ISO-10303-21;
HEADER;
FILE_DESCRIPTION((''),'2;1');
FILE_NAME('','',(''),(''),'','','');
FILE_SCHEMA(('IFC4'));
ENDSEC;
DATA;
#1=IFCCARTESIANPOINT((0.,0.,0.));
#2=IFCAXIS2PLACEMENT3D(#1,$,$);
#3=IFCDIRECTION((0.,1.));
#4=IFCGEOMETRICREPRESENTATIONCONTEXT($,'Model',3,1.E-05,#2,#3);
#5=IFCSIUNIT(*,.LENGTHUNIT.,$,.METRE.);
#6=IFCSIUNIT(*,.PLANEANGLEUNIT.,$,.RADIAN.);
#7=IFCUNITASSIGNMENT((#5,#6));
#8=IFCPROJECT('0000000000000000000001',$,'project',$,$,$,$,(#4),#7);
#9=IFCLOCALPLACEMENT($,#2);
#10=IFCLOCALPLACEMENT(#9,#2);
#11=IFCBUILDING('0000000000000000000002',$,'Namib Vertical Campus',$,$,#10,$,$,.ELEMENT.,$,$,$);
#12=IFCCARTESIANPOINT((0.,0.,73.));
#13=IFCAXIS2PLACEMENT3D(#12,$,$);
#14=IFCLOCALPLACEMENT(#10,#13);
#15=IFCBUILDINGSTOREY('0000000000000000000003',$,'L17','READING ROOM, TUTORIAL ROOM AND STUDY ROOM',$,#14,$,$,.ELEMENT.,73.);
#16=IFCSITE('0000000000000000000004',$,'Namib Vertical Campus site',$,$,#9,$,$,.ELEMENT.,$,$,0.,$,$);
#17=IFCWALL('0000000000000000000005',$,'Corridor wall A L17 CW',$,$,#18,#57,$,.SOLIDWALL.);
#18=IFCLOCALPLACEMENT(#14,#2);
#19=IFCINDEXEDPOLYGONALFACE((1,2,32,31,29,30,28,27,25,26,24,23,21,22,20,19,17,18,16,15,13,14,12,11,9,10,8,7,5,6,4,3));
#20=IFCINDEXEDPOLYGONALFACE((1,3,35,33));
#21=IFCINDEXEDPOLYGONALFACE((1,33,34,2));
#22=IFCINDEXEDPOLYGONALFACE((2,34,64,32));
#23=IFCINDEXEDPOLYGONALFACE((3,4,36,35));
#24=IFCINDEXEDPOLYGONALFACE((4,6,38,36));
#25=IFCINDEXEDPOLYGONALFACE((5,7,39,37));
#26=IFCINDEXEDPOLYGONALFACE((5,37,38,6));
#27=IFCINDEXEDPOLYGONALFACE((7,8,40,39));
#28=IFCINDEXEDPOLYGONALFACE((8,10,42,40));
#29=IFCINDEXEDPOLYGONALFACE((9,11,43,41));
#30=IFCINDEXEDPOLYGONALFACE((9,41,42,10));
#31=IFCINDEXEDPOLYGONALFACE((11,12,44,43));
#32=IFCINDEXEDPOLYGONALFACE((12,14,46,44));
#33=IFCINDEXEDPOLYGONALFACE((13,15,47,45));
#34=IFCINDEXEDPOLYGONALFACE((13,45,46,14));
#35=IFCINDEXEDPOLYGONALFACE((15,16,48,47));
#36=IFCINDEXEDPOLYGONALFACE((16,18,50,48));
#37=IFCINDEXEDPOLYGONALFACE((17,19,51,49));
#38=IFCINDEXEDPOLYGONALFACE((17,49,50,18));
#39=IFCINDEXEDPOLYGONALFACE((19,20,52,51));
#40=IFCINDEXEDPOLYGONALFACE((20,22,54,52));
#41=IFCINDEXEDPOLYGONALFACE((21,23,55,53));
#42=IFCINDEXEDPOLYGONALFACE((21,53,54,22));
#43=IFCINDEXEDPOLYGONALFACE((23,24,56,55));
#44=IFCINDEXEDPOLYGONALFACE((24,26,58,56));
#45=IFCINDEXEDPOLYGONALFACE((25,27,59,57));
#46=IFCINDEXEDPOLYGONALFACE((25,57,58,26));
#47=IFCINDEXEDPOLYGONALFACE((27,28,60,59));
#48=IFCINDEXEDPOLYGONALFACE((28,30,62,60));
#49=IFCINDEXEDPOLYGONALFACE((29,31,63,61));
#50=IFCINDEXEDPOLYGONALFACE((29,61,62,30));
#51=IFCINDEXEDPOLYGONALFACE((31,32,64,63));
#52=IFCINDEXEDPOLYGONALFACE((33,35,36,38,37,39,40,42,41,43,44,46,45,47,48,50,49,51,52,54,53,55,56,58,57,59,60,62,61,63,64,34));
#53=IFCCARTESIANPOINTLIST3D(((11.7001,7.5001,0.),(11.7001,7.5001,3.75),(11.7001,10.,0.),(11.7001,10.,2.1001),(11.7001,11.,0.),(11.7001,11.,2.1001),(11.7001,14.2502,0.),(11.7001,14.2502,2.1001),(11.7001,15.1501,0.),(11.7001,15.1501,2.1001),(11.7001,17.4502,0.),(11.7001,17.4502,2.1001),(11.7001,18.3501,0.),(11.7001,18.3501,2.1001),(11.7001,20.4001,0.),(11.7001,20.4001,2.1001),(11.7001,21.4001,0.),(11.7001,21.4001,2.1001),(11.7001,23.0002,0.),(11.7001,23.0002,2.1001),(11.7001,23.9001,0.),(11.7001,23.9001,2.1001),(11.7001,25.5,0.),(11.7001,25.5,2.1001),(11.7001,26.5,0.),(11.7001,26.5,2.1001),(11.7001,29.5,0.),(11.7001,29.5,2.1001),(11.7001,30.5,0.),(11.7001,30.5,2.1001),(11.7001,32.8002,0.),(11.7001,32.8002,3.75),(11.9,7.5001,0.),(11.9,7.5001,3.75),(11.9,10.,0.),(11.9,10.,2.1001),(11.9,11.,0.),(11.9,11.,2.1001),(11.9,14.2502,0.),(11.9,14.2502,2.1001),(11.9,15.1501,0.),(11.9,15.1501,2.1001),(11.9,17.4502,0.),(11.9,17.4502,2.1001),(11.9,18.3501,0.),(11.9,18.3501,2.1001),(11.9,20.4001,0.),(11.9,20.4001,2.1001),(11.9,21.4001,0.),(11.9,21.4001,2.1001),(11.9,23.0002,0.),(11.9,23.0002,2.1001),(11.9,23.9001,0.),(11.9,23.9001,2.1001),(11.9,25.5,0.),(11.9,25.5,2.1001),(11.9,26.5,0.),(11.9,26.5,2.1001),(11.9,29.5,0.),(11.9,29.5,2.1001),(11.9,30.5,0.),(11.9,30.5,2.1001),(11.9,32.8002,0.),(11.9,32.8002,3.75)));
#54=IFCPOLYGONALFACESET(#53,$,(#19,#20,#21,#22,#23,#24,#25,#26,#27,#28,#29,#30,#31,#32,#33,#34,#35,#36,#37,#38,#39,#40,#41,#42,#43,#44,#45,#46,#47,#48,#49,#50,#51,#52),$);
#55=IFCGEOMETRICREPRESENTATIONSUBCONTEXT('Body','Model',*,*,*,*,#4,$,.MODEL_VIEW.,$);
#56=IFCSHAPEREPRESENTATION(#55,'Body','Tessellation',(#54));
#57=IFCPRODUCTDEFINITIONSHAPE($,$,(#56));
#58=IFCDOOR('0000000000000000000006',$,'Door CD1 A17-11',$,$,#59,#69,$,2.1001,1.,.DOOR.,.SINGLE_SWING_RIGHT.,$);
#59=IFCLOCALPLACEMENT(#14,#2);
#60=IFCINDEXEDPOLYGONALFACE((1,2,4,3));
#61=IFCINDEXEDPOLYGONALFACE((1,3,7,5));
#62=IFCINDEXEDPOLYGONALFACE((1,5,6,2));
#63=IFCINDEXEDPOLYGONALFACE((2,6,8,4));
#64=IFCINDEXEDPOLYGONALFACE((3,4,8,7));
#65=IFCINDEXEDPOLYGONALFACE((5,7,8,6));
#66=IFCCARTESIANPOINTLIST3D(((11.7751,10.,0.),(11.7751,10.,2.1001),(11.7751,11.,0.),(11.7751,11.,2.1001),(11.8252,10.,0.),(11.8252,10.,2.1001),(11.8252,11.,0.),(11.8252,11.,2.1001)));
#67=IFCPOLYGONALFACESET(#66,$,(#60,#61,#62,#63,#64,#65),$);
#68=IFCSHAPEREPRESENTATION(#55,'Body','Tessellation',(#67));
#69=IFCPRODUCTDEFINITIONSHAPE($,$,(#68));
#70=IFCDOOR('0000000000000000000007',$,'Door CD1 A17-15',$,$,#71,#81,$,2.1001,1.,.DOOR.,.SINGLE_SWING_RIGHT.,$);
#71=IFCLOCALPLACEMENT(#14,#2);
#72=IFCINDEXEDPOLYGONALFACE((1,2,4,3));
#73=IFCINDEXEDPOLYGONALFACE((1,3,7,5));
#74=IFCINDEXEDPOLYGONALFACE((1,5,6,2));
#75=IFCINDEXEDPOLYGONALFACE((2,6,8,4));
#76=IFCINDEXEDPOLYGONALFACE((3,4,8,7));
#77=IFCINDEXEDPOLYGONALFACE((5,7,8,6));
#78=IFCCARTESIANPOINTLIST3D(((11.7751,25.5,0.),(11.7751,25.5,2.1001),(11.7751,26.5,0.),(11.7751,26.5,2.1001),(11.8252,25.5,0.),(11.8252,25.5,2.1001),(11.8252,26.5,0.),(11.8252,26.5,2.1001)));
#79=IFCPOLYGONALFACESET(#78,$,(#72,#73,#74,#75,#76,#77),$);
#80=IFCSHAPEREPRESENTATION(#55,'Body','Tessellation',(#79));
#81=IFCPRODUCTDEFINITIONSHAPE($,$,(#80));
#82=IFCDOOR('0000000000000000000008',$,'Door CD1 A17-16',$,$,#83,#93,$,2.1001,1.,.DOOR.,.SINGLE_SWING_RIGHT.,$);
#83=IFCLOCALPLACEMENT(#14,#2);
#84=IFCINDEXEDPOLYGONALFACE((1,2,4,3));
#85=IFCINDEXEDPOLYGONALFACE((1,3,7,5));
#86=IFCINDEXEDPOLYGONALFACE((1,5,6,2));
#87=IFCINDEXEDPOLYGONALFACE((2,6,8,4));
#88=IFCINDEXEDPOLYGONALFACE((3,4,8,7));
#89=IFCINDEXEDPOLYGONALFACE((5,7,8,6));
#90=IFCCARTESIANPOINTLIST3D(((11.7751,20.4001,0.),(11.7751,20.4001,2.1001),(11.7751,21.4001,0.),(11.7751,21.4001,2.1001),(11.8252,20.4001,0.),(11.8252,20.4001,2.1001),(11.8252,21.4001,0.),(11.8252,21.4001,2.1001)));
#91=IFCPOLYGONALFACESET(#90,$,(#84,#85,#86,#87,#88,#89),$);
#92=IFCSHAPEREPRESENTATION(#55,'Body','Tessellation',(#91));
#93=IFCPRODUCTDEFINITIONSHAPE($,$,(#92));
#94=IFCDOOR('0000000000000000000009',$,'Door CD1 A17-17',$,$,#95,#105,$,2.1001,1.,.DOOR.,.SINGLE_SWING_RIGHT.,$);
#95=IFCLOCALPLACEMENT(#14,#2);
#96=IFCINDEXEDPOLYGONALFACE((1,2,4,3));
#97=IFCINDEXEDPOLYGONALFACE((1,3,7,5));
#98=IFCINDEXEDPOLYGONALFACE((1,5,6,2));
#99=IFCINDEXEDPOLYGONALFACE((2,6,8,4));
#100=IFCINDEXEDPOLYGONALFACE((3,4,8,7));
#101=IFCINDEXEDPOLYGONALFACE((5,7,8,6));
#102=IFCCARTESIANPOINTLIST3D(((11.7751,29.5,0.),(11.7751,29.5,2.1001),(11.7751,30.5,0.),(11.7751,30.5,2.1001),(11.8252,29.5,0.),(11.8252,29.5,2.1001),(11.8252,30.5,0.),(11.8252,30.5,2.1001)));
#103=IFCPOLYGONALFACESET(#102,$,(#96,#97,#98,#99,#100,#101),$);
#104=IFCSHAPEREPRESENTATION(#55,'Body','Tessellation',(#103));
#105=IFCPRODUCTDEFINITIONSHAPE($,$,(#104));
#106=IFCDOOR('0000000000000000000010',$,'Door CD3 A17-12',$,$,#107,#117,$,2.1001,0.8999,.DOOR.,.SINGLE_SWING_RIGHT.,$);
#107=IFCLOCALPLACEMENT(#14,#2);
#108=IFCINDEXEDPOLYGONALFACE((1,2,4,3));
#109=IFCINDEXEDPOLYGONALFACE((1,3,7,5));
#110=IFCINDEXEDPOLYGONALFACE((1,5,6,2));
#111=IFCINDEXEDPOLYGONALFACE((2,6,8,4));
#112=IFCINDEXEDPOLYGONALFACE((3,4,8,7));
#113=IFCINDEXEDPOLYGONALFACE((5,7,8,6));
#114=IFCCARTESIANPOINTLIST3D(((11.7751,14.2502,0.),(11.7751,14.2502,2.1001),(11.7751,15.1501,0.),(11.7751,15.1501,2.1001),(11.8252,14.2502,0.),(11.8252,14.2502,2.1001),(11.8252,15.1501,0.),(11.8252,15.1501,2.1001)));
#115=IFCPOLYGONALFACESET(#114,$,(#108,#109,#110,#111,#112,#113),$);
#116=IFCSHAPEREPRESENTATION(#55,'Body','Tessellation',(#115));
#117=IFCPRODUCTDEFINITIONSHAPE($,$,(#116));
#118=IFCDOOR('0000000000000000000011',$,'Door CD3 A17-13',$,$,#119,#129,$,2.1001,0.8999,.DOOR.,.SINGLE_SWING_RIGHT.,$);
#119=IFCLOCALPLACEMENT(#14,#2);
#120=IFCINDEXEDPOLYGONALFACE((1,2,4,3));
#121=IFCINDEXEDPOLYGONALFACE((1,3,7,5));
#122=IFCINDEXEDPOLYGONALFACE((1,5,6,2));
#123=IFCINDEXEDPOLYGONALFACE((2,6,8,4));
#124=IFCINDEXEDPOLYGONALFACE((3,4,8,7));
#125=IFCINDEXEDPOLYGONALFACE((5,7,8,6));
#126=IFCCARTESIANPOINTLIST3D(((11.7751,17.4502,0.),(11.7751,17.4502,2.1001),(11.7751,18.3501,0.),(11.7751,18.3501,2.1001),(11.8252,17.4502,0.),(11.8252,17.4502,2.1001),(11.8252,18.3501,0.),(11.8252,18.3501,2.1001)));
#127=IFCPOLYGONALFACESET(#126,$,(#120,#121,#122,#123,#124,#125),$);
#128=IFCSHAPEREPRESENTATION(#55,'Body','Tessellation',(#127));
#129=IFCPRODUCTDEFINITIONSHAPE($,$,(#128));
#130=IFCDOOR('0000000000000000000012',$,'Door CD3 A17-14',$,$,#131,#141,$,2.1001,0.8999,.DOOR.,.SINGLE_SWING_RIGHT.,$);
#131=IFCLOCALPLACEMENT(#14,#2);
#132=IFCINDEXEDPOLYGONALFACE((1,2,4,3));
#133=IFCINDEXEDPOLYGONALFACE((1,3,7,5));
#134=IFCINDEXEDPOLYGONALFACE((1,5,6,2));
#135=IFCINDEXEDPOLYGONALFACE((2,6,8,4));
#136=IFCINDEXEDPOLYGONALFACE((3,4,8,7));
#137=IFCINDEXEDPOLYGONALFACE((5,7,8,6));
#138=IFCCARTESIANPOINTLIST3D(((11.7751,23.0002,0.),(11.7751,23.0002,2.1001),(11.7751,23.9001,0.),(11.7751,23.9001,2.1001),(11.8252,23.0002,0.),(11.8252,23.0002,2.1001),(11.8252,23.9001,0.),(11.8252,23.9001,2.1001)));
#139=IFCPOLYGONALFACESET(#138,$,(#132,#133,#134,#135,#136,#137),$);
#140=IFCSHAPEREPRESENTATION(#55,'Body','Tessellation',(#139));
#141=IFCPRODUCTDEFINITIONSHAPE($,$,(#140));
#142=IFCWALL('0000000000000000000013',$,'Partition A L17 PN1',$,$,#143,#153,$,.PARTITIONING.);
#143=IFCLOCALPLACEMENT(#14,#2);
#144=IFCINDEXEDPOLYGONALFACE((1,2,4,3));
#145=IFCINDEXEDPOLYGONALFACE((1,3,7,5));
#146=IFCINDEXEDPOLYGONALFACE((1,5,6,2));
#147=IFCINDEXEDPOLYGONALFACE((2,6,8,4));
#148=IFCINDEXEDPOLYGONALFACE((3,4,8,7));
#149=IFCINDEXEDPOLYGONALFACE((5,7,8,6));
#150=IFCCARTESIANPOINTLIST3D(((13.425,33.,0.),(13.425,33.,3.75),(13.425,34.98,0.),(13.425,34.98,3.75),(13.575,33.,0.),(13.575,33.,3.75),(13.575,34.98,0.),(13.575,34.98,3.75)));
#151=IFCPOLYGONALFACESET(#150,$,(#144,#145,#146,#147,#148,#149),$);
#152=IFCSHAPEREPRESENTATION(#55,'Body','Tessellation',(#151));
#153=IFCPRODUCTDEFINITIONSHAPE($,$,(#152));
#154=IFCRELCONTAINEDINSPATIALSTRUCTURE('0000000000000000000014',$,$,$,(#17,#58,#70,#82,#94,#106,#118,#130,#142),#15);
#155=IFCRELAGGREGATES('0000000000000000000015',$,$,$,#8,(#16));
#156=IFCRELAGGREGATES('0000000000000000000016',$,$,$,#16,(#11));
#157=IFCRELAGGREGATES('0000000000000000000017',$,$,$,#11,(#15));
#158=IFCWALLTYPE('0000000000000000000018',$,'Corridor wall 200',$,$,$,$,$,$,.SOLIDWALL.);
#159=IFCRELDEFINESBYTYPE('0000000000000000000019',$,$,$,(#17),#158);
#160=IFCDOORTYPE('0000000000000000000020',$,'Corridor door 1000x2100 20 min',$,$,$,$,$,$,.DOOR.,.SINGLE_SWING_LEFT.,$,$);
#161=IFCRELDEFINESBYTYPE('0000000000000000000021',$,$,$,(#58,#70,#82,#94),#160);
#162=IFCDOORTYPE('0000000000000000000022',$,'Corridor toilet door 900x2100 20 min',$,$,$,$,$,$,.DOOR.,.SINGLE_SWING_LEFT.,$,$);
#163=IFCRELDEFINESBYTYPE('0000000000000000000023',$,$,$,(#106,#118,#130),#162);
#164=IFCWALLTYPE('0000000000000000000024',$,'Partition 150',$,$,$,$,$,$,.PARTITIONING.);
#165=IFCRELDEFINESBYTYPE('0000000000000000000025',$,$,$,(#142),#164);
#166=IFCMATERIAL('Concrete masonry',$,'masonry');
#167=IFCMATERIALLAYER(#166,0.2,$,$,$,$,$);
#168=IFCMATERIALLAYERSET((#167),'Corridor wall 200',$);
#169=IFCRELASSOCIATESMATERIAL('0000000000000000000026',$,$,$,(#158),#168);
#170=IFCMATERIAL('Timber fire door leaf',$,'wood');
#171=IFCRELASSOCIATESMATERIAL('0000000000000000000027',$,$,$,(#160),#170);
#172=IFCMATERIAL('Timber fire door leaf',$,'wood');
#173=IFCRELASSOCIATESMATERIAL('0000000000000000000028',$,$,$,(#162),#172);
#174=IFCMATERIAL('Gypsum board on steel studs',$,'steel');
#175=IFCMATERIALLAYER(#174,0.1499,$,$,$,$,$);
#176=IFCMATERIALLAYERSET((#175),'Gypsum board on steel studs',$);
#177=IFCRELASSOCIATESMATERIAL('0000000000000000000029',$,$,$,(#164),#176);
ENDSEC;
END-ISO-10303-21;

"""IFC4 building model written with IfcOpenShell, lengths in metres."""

from ifc_helpers import new_model, si_unit, direction, frame, frame_2d, origin, place, context, subcontext, project, spatial, rectangle, extrude, material, layer, layer_set, type_object, element, fill, save


model = new_model("IFC4")

# Units and contexts
model_context = context("Model", 3, precision=1e-05, world=origin(), true_north=direction((0.0, 1.0)))
body_context = subcontext(model_context, "Body", "Model", "MODEL_VIEW")
ifc_project = project(units=[si_unit("LENGTHUNIT", "METRE"), si_unit("PLANEANGLEUNIT", "RADIAN")], contexts=[model_context])

# Site, building, storey
site_placement = place(None, origin())
site = spatial("IfcSite", under=ifc_project, at=site_placement, Name="Namib Vertical Campus site", CompositionType="ELEMENT", RefElevation=0.0)
building_placement = place(site_placement, origin())
building = spatial("IfcBuilding", under=site, at=building_placement, Name="Namib Vertical Campus", CompositionType="ELEMENT")
storey_placement = place(building_placement, frame((0.0, 0.0, 73.0)))
storey = spatial("IfcBuildingStorey", under=building, at=storey_placement, Name="L17", Description="READING ROOM, TUTORIAL ROOM AND STUDY ROOM", CompositionType="ELEMENT", Elevation=73.0)

# Wall, openings, doors
ifc_material_1 = material(Name="Concrete masonry", Category="masonry")
ifc_layer_1 = layer(ifc_material_1, 0.2)
ifc_layer_set_1 = layer_set([ifc_layer_1], Name="Corridor wall 200")
wall_type_1 = type_object("IfcWallType", Name="Corridor wall 200", PredefinedType="SOLIDWALL", material=ifc_layer_set_1)
wall_1_placement = place(storey_placement, frame((11.8, 32.8, 0.0), z_axis=(0.0, 0.0, 1.0), x_axis=(0.0, -1.0, 0.0)))
wall_1 = element("IfcWall", 1, at=wall_1_placement, inside=storey, type_object=wall_type_1, Name="Corridor wall A L17 CW", PredefinedType="SOLIDWALL", context=body_context, shape_type="SweptSolid", body=[
    extrude(rectangle(XDim=25.3, YDim=0.2, at=frame_2d((12.6499, 0.0))), origin(), (0.0, 0.0, 1.0), 3.75),
])
opening_1_placement = place(wall_1_placement, frame((21.8, 0.0, 0.0)))
opening_1 = element("IfcOpeningElement", 2, at=opening_1_placement, cuts=wall_1, PredefinedType="OPENING", context=body_context, shape_type="SweptSolid", body=[
    extrude(rectangle(XDim=1.0, YDim=2.1001, at=frame_2d((0.5, 1.05))), frame((0.0, 0.1099, 0.0), z_axis=(0.0, -1.0, 0.0), x_axis=(1.0, 0.0, 0.0)), (0.0, 0.0, 1.0), 0.22),
])
opening_2_placement = place(wall_1_placement, frame((17.6499, 0.0, 0.0)))
opening_2 = element("IfcOpeningElement", 3, at=opening_2_placement, cuts=wall_1, PredefinedType="OPENING", context=body_context, shape_type="SweptSolid", body=[
    extrude(rectangle(XDim=0.8999, YDim=2.1001, at=frame_2d((0.45, 1.05))), frame((0.0, 0.1099, 0.0), z_axis=(0.0, -1.0, 0.0), x_axis=(1.0, 0.0, 0.0)), (0.0, 0.0, 1.0), 0.22),
])
opening_3_placement = place(wall_1_placement, frame((14.45, 0.0, 0.0)))
opening_3 = element("IfcOpeningElement", 4, at=opening_3_placement, cuts=wall_1, PredefinedType="OPENING", context=body_context, shape_type="SweptSolid", body=[
    extrude(rectangle(XDim=0.8999, YDim=2.1001, at=frame_2d((0.45, 1.05))), frame((0.0, 0.1099, 0.0), z_axis=(0.0, -1.0, 0.0), x_axis=(1.0, 0.0, 0.0)), (0.0, 0.0, 1.0), 0.22),
])
opening_4_placement = place(wall_1_placement, frame((8.8999, 0.0, 0.0)))
opening_4 = element("IfcOpeningElement", 5, at=opening_4_placement, cuts=wall_1, PredefinedType="OPENING", context=body_context, shape_type="SweptSolid", body=[
    extrude(rectangle(XDim=0.8999, YDim=2.1001, at=frame_2d((0.45, 1.05))), frame((0.0, 0.1099, 0.0), z_axis=(0.0, -1.0, 0.0), x_axis=(1.0, 0.0, 0.0)), (0.0, 0.0, 1.0), 0.22),
])
opening_5_placement = place(wall_1_placement, frame((6.3, 0.0, 0.0)))
opening_5 = element("IfcOpeningElement", 6, at=opening_5_placement, cuts=wall_1, PredefinedType="OPENING", context=body_context, shape_type="SweptSolid", body=[
    extrude(rectangle(XDim=1.0, YDim=2.1001, at=frame_2d((0.5, 1.05))), frame((0.0, 0.1099, 0.0), z_axis=(0.0, -1.0, 0.0), x_axis=(1.0, 0.0, 0.0)), (0.0, 0.0, 1.0), 0.22),
])
opening_6_placement = place(wall_1_placement, frame((11.3999, 0.0, 0.0)))
opening_6 = element("IfcOpeningElement", 7, at=opening_6_placement, cuts=wall_1, PredefinedType="OPENING", context=body_context, shape_type="SweptSolid", body=[
    extrude(rectangle(XDim=1.0, YDim=2.1001, at=frame_2d((0.5, 1.05))), frame((0.0, 0.1099, 0.0), z_axis=(0.0, -1.0, 0.0), x_axis=(1.0, 0.0, 0.0)), (0.0, 0.0, 1.0), 0.22),
])
opening_7_placement = place(wall_1_placement, frame((2.3, 0.0, 0.0)))
opening_7 = element("IfcOpeningElement", 8, at=opening_7_placement, cuts=wall_1, PredefinedType="OPENING", context=body_context, shape_type="SweptSolid", body=[
    extrude(rectangle(XDim=1.0, YDim=2.1001, at=frame_2d((0.5, 1.05))), frame((0.0, 0.1099, 0.0), z_axis=(0.0, -1.0, 0.0), x_axis=(1.0, 0.0, 0.0)), (0.0, 0.0, 1.0), 0.22),
])
ifc_material_2 = material(Name="Timber fire door leaf", Category="wood")
door_type_1 = type_object("IfcDoorType", Name="Corridor door 1000x2100 20 min", OperationType="SINGLE_SWING_LEFT", PredefinedType="DOOR", material=ifc_material_2)
door_1_placement = place(opening_1_placement, frame((1.0, 0.0, 0.0), z_axis=(0.0, 0.0, 1.0), x_axis=(-1.0, 0.0, 0.0)))
door_1 = element("IfcDoor", 9, at=door_1_placement, inside=storey, type_object=door_type_1, Name="Door CD1 A17-11", OperationType="SINGLE_SWING_RIGHT", OverallHeight=2.1001, OverallWidth=1.0, PredefinedType="DOOR", context=body_context, shape_type="SweptSolid", body=[
    extrude(rectangle(XDim=1.0, YDim=2.1001, at=frame_2d((0.5, 1.05))), frame((0.0, 0.0249, 0.0), z_axis=(0.0, -1.0, 0.0), x_axis=(1.0, 0.0, 0.0)), (0.0, 0.0, 1.0), 0.05),
])
fill(opening_1, door_1)
door_2_placement = place(opening_5_placement, frame((1.0, 0.0, 0.0), z_axis=(0.0, 0.0, 1.0), x_axis=(-1.0, 0.0, 0.0)))
door_2 = element("IfcDoor", 10, at=door_2_placement, inside=storey, type_object=door_type_1, Name="Door CD1 A17-15", OperationType="SINGLE_SWING_RIGHT", OverallHeight=2.1001, OverallWidth=1.0, PredefinedType="DOOR", context=body_context, shape_type="SweptSolid", body=[
    extrude(rectangle(XDim=1.0, YDim=2.1001, at=frame_2d((0.5, 1.05))), frame((0.0, 0.0249, 0.0), z_axis=(0.0, -1.0, 0.0), x_axis=(1.0, 0.0, 0.0)), (0.0, 0.0, 1.0), 0.05),
])
fill(opening_5, door_2)
door_3_placement = place(opening_6_placement, frame((1.0, 0.0, 0.0), z_axis=(0.0, 0.0, 1.0), x_axis=(-1.0, 0.0, 0.0)))
door_3 = element("IfcDoor", 11, at=door_3_placement, inside=storey, type_object=door_type_1, Name="Door CD1 A17-16", OperationType="SINGLE_SWING_RIGHT", OverallHeight=2.1001, OverallWidth=1.0, PredefinedType="DOOR", context=body_context, shape_type="SweptSolid", body=[
    extrude(rectangle(XDim=1.0, YDim=2.1001, at=frame_2d((0.5, 1.05))), frame((0.0, 0.0249, 0.0), z_axis=(0.0, -1.0, 0.0), x_axis=(1.0, 0.0, 0.0)), (0.0, 0.0, 1.0), 0.05),
])
fill(opening_6, door_3)
door_4_placement = place(opening_7_placement, frame((1.0, 0.0, 0.0), z_axis=(0.0, 0.0, 1.0), x_axis=(-1.0, 0.0, 0.0)))
door_4 = element("IfcDoor", 12, at=door_4_placement, inside=storey, type_object=door_type_1, Name="Door CD1 A17-17", OperationType="SINGLE_SWING_RIGHT", OverallHeight=2.1001, OverallWidth=1.0, PredefinedType="DOOR", context=body_context, shape_type="SweptSolid", body=[
    extrude(rectangle(XDim=1.0, YDim=2.1001, at=frame_2d((0.5, 1.05))), frame((0.0, 0.0249, 0.0), z_axis=(0.0, -1.0, 0.0), x_axis=(1.0, 0.0, 0.0)), (0.0, 0.0, 1.0), 0.05),
])
fill(opening_7, door_4)
ifc_material_3 = material(Name="Timber fire door leaf", Category="wood")
door_type_2 = type_object("IfcDoorType", Name="Corridor toilet door 900x2100 20 min", OperationType="SINGLE_SWING_LEFT", PredefinedType="DOOR", material=ifc_material_3)
door_5_placement = place(opening_2_placement, frame((0.8999, 0.0, 0.0), z_axis=(0.0, 0.0, 1.0), x_axis=(-1.0, 0.0, 0.0)))
door_5 = element("IfcDoor", 13, at=door_5_placement, inside=storey, type_object=door_type_2, Name="Door CD3 A17-12", OperationType="SINGLE_SWING_RIGHT", OverallHeight=2.1001, OverallWidth=0.8999, PredefinedType="DOOR", context=body_context, shape_type="SweptSolid", body=[
    extrude(rectangle(XDim=0.8999, YDim=2.1001, at=frame_2d((0.45, 1.05))), frame((0.0, 0.0249, 0.0), z_axis=(0.0, -1.0, 0.0), x_axis=(1.0, 0.0, 0.0)), (0.0, 0.0, 1.0), 0.05),
])
fill(opening_2, door_5)
door_6_placement = place(opening_3_placement, frame((0.8999, 0.0, 0.0), z_axis=(0.0, 0.0, 1.0), x_axis=(-1.0, 0.0, 0.0)))
door_6 = element("IfcDoor", 14, at=door_6_placement, inside=storey, type_object=door_type_2, Name="Door CD3 A17-13", OperationType="SINGLE_SWING_RIGHT", OverallHeight=2.1001, OverallWidth=0.8999, PredefinedType="DOOR", context=body_context, shape_type="SweptSolid", body=[
    extrude(rectangle(XDim=0.8999, YDim=2.1001, at=frame_2d((0.45, 1.05))), frame((0.0, 0.0249, 0.0), z_axis=(0.0, -1.0, 0.0), x_axis=(1.0, 0.0, 0.0)), (0.0, 0.0, 1.0), 0.05),
])
fill(opening_3, door_6)
door_7_placement = place(opening_4_placement, frame((0.8999, 0.0, 0.0), z_axis=(0.0, 0.0, 1.0), x_axis=(-1.0, 0.0, 0.0)))
door_7 = element("IfcDoor", 15, at=door_7_placement, inside=storey, type_object=door_type_2, Name="Door CD3 A17-14", OperationType="SINGLE_SWING_RIGHT", OverallHeight=2.1001, OverallWidth=0.8999, PredefinedType="DOOR", context=body_context, shape_type="SweptSolid", body=[
    extrude(rectangle(XDim=0.8999, YDim=2.1001, at=frame_2d((0.45, 1.05))), frame((0.0, 0.0249, 0.0), z_axis=(0.0, -1.0, 0.0), x_axis=(1.0, 0.0, 0.0)), (0.0, 0.0, 1.0), 0.05),
])
fill(opening_4, door_7)

# Wall
ifc_material_4 = material(Name="Gypsum board on steel studs", Category="steel")
ifc_layer_2 = layer(ifc_material_4, 0.1499)
ifc_layer_set_2 = layer_set([ifc_layer_2], Name="Gypsum board on steel studs")
wall_type_2 = type_object("IfcWallType", Name="Partition 150", PredefinedType="PARTITIONING", material=ifc_layer_set_2)
wall_2_placement = place(storey_placement, frame((13.5, 33.0, 0.0), z_axis=(0.0, 0.0, 1.0), x_axis=(0.0, 1.0, 0.0)))
element("IfcWall", 16, at=wall_2_placement, inside=storey, type_object=wall_type_2, Name="Partition A L17 PN1", PredefinedType="PARTITIONING", context=body_context, shape_type="SweptSolid", body=[
    extrude(rectangle(XDim=1.98, YDim=0.1499, at=frame_2d((0.99, 0.0))), origin(), (0.0, 0.0, 1.0), 3.75),
])

save(model, "model.ifc")
